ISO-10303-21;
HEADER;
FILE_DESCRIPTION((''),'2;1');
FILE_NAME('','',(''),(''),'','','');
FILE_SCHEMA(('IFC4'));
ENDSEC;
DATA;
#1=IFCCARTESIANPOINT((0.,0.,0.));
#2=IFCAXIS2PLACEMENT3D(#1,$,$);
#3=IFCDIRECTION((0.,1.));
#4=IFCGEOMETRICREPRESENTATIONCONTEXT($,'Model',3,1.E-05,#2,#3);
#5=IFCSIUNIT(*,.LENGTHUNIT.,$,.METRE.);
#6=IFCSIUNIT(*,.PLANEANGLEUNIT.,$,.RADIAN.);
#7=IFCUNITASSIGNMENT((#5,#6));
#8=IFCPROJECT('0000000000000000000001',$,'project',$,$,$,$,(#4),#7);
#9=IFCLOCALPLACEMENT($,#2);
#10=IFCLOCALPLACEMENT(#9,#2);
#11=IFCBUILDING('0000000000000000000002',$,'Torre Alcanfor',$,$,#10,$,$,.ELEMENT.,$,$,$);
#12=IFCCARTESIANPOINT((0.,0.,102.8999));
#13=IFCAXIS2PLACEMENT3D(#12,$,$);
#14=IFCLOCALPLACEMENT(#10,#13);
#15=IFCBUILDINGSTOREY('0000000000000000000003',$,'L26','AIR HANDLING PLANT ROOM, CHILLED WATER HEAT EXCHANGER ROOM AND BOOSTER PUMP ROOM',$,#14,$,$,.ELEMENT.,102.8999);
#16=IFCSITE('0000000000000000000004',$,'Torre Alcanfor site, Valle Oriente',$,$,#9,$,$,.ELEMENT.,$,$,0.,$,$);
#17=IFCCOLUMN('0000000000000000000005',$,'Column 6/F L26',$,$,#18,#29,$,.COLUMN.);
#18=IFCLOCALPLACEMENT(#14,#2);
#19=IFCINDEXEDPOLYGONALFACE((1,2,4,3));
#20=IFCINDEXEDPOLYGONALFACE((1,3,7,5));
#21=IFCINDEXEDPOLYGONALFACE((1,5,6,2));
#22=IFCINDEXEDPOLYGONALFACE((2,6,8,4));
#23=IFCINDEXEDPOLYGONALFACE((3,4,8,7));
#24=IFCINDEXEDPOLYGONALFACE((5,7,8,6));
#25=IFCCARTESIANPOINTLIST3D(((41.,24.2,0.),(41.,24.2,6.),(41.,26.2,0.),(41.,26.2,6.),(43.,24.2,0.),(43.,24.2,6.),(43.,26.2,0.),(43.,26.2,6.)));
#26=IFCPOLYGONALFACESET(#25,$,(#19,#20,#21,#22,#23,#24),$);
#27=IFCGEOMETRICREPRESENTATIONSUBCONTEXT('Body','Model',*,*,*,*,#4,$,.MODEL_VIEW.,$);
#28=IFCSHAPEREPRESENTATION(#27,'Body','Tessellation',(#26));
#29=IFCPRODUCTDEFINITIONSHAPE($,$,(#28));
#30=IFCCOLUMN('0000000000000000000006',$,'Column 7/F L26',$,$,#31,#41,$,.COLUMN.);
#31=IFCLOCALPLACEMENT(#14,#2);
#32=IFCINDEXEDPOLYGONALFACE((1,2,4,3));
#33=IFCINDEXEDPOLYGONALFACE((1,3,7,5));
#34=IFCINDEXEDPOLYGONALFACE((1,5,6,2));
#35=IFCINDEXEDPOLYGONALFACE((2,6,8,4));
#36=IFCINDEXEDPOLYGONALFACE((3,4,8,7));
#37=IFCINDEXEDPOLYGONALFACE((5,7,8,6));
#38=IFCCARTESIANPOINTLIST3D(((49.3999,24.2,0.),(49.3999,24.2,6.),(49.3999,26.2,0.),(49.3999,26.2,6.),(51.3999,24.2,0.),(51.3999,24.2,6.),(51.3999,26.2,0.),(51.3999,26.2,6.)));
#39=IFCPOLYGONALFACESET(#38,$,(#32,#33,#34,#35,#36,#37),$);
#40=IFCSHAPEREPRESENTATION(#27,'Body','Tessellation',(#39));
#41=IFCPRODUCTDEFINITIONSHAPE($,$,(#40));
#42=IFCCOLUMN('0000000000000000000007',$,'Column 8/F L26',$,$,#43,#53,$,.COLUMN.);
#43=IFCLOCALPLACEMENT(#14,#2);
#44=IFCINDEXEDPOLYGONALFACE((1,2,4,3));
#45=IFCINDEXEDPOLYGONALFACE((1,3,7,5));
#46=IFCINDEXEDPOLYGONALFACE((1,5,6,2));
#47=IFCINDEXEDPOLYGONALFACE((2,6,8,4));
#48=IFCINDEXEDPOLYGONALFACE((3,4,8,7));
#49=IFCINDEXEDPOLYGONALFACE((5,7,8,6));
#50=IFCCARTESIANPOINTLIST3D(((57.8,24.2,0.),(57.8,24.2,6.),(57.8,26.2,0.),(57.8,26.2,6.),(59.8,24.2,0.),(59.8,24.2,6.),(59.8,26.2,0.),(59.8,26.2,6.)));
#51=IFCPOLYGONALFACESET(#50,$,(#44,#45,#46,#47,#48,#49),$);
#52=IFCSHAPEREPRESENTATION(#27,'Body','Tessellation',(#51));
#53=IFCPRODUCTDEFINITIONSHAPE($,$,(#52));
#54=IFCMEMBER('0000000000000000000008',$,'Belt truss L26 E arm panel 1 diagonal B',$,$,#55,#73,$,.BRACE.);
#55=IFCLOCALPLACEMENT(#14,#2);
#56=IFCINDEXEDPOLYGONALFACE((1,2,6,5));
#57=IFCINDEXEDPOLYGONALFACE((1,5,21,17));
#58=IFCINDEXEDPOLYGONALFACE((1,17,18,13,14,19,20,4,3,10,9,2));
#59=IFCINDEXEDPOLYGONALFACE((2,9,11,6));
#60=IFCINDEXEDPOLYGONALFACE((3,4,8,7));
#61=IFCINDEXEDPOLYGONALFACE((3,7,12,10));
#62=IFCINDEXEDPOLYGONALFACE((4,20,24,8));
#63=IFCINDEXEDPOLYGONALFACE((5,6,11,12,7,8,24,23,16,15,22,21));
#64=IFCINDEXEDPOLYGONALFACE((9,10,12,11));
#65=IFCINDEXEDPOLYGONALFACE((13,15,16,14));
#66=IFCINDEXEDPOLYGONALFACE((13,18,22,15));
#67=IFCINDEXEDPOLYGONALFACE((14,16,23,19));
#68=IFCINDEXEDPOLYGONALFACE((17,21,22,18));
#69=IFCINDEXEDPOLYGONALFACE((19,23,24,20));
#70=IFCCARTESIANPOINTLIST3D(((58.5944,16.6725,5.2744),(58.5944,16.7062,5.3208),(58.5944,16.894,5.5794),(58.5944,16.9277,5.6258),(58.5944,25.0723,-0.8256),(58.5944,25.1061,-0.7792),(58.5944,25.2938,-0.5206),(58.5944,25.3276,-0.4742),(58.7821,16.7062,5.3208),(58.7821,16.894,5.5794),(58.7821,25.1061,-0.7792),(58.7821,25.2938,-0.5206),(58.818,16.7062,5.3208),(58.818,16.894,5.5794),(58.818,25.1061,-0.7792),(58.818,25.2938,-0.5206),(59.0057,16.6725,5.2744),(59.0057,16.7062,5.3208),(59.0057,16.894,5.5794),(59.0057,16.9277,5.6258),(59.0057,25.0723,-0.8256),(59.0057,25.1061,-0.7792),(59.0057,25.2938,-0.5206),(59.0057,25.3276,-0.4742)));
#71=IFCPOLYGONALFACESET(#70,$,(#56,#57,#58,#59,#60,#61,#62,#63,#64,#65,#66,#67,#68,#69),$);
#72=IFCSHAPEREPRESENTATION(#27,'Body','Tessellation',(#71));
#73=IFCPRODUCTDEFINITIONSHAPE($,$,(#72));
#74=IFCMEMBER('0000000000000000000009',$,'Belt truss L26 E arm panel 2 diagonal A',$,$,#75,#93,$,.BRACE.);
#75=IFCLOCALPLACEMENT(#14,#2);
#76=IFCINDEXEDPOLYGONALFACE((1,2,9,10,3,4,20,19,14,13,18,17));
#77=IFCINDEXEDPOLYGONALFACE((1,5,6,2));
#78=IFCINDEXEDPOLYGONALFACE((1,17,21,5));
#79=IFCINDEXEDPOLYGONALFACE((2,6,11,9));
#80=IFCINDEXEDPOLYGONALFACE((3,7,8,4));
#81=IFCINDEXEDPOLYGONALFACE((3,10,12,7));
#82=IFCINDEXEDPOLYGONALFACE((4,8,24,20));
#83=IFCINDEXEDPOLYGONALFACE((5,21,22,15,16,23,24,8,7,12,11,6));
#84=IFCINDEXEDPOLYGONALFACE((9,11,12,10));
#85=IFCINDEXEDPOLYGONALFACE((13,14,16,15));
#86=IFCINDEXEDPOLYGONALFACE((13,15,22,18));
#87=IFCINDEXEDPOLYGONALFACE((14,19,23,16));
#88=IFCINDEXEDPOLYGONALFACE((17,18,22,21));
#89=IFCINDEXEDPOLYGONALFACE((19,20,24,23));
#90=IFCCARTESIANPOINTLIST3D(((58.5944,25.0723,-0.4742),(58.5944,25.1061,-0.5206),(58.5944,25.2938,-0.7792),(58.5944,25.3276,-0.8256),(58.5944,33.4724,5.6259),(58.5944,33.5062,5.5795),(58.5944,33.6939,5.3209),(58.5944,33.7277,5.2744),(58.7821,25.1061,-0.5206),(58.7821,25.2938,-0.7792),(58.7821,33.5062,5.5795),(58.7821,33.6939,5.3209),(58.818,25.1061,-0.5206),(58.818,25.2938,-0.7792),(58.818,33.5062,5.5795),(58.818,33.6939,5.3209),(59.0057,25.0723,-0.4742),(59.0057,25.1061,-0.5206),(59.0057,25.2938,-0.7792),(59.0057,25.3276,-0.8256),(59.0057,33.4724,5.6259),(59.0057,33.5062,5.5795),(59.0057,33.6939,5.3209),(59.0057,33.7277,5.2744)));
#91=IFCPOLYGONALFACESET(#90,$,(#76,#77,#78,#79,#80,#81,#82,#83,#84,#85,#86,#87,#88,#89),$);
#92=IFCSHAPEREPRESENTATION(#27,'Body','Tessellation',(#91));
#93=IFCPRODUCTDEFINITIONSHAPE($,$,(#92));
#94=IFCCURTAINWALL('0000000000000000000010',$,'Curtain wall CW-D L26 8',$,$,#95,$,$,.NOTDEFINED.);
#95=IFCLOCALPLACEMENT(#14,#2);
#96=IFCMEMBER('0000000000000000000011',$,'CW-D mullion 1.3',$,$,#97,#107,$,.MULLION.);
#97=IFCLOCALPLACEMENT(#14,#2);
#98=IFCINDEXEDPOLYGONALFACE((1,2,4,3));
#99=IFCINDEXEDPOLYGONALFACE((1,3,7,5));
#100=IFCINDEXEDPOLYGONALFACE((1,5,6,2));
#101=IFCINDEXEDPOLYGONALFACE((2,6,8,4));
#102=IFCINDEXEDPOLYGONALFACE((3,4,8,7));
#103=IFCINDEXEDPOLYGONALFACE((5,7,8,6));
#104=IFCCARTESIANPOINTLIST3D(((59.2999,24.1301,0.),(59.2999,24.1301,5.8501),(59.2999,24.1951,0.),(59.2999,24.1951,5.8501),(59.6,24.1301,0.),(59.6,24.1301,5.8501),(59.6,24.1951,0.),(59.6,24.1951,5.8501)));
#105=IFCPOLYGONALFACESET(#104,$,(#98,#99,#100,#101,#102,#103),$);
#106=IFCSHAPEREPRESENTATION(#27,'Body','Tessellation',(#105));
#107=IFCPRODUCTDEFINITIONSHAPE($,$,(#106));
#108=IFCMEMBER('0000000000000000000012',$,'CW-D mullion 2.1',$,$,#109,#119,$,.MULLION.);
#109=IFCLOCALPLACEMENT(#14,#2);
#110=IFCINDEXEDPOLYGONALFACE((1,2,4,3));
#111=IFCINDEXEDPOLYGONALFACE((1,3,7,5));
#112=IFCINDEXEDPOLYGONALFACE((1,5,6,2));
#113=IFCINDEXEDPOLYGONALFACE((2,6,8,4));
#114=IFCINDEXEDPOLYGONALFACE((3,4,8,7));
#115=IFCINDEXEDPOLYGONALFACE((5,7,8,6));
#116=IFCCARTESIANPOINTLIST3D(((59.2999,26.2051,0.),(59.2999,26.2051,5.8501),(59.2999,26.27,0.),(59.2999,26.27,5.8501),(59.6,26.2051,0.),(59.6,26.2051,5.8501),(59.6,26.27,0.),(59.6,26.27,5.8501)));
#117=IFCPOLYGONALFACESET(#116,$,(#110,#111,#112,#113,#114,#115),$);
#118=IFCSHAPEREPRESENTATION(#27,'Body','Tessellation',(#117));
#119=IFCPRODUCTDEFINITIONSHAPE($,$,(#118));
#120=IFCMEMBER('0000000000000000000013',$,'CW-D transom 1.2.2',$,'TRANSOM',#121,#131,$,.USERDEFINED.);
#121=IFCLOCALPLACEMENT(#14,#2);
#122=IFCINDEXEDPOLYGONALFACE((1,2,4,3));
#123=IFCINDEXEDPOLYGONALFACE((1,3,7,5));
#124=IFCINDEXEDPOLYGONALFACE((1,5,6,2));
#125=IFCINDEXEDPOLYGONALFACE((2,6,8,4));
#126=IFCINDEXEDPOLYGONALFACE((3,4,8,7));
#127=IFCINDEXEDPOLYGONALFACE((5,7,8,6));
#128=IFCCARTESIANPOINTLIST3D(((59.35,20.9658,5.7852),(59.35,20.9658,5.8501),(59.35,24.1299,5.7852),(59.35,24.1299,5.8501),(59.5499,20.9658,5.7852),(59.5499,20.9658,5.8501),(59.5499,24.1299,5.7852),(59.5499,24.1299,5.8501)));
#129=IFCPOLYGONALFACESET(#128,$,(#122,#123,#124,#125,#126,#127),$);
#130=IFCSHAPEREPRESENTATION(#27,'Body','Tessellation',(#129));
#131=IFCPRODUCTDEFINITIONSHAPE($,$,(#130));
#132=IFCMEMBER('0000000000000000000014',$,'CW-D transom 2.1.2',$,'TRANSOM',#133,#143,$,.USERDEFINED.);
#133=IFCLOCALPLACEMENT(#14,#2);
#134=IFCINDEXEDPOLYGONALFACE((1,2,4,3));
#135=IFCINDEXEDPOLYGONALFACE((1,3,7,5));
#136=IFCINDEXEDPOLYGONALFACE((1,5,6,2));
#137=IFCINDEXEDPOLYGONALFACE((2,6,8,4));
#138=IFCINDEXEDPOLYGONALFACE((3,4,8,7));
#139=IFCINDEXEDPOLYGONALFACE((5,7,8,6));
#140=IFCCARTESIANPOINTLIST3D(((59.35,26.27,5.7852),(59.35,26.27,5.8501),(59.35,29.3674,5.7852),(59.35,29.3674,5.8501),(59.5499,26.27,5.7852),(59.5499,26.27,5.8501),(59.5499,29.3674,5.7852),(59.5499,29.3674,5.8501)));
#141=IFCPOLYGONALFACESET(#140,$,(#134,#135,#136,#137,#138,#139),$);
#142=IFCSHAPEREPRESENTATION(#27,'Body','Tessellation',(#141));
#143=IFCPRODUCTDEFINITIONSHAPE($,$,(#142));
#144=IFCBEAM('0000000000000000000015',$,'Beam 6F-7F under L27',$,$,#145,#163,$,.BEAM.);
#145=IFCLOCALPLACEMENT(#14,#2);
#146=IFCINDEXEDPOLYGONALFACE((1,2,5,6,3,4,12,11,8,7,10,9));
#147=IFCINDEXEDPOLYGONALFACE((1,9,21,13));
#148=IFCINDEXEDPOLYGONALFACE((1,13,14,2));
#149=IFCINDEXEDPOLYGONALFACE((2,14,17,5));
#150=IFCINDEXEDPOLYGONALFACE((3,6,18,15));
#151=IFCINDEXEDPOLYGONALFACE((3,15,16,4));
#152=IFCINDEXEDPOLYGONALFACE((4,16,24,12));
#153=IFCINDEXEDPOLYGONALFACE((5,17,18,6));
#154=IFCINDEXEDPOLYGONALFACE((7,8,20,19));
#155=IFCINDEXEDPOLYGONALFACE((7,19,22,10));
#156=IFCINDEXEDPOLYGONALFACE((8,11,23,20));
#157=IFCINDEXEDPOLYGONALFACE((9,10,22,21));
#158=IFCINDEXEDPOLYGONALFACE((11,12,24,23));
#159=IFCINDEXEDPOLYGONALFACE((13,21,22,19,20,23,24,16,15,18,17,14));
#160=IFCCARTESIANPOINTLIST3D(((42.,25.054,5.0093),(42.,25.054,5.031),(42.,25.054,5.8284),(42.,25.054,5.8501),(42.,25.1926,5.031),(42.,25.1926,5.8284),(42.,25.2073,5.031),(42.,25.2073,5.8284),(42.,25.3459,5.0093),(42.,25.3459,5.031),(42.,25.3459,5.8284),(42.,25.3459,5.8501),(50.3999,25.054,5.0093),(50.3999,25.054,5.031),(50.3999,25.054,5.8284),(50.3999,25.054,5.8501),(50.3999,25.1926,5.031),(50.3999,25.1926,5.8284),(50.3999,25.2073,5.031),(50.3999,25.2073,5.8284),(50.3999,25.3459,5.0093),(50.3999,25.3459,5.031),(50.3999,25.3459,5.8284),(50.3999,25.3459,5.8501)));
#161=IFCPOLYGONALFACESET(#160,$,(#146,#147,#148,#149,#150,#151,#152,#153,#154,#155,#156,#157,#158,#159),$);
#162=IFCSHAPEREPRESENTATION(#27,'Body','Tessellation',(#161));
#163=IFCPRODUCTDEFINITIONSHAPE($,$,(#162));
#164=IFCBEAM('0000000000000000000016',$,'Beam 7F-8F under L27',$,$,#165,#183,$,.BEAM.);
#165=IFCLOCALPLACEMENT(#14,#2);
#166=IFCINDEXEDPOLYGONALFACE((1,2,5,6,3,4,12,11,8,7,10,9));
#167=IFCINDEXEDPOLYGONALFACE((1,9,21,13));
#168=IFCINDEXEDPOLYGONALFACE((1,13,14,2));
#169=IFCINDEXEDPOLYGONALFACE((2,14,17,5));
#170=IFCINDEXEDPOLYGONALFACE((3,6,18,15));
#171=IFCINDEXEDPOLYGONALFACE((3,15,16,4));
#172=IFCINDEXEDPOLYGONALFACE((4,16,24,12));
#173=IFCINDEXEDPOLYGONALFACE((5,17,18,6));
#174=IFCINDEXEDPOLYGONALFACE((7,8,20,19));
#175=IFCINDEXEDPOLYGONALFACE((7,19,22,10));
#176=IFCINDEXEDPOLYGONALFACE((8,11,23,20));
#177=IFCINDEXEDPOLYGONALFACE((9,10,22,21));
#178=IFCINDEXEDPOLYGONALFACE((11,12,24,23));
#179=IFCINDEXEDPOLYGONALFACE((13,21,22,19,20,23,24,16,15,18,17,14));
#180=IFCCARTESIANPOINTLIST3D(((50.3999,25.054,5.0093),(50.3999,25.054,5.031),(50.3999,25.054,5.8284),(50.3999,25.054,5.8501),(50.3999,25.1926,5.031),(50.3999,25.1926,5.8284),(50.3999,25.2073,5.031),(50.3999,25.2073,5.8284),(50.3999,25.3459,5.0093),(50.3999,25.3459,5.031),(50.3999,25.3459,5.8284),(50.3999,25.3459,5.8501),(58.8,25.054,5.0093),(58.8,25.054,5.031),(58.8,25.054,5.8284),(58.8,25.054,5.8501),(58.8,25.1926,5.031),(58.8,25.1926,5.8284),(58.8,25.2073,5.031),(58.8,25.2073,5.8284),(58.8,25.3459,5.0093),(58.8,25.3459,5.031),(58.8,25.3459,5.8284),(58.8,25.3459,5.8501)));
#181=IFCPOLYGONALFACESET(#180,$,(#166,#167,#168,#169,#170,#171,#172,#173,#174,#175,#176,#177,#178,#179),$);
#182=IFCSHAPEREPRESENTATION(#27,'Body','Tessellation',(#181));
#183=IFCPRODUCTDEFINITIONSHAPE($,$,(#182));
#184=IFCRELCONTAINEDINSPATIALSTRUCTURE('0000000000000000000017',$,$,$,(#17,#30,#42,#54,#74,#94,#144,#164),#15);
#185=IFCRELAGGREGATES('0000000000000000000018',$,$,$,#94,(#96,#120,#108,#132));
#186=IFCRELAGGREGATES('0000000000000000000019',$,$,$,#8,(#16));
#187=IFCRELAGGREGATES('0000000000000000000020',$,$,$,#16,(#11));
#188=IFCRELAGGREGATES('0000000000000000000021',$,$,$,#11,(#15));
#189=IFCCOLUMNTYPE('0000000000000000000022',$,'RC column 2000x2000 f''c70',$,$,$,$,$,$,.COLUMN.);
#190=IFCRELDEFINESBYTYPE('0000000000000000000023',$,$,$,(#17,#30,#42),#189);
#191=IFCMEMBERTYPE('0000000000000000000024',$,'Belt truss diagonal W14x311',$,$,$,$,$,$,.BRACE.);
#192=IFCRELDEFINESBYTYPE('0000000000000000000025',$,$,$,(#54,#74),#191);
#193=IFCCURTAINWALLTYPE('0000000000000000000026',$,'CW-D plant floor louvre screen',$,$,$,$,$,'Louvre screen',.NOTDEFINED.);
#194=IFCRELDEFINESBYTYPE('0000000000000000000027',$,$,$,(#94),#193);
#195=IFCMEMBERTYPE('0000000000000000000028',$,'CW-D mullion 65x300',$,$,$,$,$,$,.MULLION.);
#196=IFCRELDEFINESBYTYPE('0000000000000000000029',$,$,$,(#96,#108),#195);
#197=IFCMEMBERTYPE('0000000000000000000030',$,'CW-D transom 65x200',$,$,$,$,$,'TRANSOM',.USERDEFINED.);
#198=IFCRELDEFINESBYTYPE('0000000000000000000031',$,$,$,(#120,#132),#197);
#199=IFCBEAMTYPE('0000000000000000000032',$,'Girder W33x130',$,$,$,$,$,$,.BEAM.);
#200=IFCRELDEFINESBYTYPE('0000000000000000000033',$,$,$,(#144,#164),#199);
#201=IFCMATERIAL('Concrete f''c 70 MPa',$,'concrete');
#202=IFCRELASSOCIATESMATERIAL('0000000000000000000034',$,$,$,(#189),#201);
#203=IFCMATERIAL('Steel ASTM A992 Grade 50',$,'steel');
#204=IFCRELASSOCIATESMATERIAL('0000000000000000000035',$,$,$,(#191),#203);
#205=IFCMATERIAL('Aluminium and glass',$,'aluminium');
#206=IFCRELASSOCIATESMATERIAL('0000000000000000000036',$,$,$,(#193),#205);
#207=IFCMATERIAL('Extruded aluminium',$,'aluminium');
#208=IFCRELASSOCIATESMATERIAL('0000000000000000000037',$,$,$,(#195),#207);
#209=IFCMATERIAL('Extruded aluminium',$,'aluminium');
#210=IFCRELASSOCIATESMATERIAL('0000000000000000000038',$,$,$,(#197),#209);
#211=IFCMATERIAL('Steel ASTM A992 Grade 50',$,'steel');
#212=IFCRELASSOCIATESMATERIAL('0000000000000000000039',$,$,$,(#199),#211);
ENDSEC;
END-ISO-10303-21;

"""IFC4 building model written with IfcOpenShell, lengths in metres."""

from ifc_helpers import new_model, si_unit, direction, frame, origin, origin_2d, place, context, subcontext, project, spatial, rectangle, i_section, extrude, material, material_profile, profile_set, type_object, element, aggregate, save


model = new_model("IFC4")

# Units and contexts
model_context = context("Model", 3, precision=1e-05, world=origin(), true_north=direction((0.0, 1.0)))
body_context = subcontext(model_context, "Body", "Model", "MODEL_VIEW")
ifc_project = project(units=[si_unit("LENGTHUNIT", "METRE"), si_unit("PLANEANGLEUNIT", "RADIAN")], contexts=[model_context])

# Site, building, storey
site_placement = place(None, origin())
site = spatial("IfcSite", under=ifc_project, at=site_placement, Name="Torre Alcanfor site, Valle Oriente", CompositionType="ELEMENT", RefElevation=0.0)
building_placement = place(site_placement, origin())
building = spatial("IfcBuilding", under=site, at=building_placement, Name="Torre Alcanfor", CompositionType="ELEMENT")
storey_placement = place(building_placement, frame((0.0, 0.0, 102.8999)))
storey = spatial("IfcBuildingStorey", under=building, at=storey_placement, Name="L26", Description="AIR HANDLING PLANT ROOM, CHILLED WATER HEAT EXCHANGER ROOM AND BOOSTER PUMP ROOM", CompositionType="ELEMENT", Elevation=102.8999)

# Columns
ifc_material_1 = material(Name="Concrete f'c 70 MPa", Category="concrete")
ifc_material_profile_1 = material_profile(ifc_material_1, rectangle(XDim=2.0, YDim=2.0, at=origin_2d()), Name="2000x2000")
ifc_profile_set_1 = profile_set([ifc_material_profile_1], Name="Concrete f'c 70 MPa")
column_type = type_object("IfcColumnType", Name="RC column 2000x2000 f'c70", PredefinedType="COLUMN", material=ifc_profile_set_1)
for number, where, z_axis, x_axis, name in (
    (1, (42.0, 25.2, 0.0), (0.0, 0.0, 1.0), (1.0, 0.0, 0.0), "Column 6/F L26"),
    (2, (50.3999, 25.2, 0.0), (0.0, 0.0, 1.0), (1.0, 0.0, 0.0), "Column 7/F L26"),
    (3, (58.8, 25.2, 0.0), (0.0, 0.0, 1.0), (1.0, 0.0, 0.0), "Column 8/F L26"),
):
    element("IfcColumn", number, at=place(storey_placement, frame(where, z_axis=z_axis, x_axis=x_axis)), inside=storey, type_object=column_type, Name=name, PredefinedType="COLUMN", context=body_context, shape_type="SweptSolid", body=[
        extrude(rectangle(XDim=2.0, YDim=2.0, at=origin_2d()), origin(), (0.0, 0.0, 1.0), 6.0),
    ])

# Members
ifc_material_2 = material(Name="Steel ASTM A992 Grade 50", Category="steel")
ifc_material_profile_2 = material_profile(ifc_material_2, i_section(OverallWidth=0.4114, OverallDepth=0.4343, WebThickness=0.0359, FlangeThickness=0.0574, at=origin_2d()), Name="W14x311")
ifc_profile_set_2 = profile_set([ifc_material_profile_2], Name="Steel ASTM A992 Grade 50")
member_type_1 = type_object("IfcMemberType", Name="Belt truss diagonal W14x311", PredefinedType="BRACE", material=ifc_profile_set_2)
member_1_placement = place(storey_placement, frame((58.8, 25.2, -0.6499), z_axis=(0.0, -0.809145, 0.587609), x_axis=(1.0, 0.0, 0.0)))
element("IfcMember", 4, at=member_1_placement, inside=storey, type_object=member_type_1, Name="Belt truss L26 E arm panel 1 diagonal B", PredefinedType="BRACE", context=body_context, shape_type="SweptSolid", body=[
    extrude(i_section(OverallWidth=0.4114, OverallDepth=0.4343, WebThickness=0.0359, FlangeThickness=0.0574, at=origin_2d()), origin(), (0.0, 0.0, 1.0), 10.3811),
])
member_2_placement = place(storey_placement, frame((58.8, 25.2, -0.6499), z_axis=(0.0, 0.809153, 0.587598), x_axis=(-1.0, 0.0, 0.0)))
element("IfcMember", 5, at=member_2_placement, inside=storey, type_object=member_type_1, Name="Belt truss L26 E arm panel 2 diagonal A", PredefinedType="BRACE", context=body_context, shape_type="SweptSolid", body=[
    extrude(i_section(OverallWidth=0.4114, OverallDepth=0.4343, WebThickness=0.0359, FlangeThickness=0.0574, at=origin_2d()), origin(), (0.0, 0.0, 1.0), 10.3813),
])

# Curtain wall, members
ifc_material_3 = material(Name="Aluminium and glass", Category="aluminium")
curtain_wall_type = type_object("IfcCurtainWallType", Name="CW-D plant floor louvre screen", ElementType="Louvre screen", PredefinedType="NOTDEFINED", material=ifc_material_3)
curtain_wall_placement = place(storey_placement, origin())
curtain_wall = element("IfcCurtainWall", 6, at=curtain_wall_placement, inside=storey, type_object=curtain_wall_type, Name="Curtain wall CW-D L26 8", PredefinedType="NOTDEFINED")
ifc_material_4 = material(Name="Extruded aluminium", Category="aluminium")
ifc_material_profile_3 = material_profile(ifc_material_4, rectangle(XDim=0.3, YDim=0.0649, at=origin_2d()), Name="CW-D mullion 65x300")
ifc_profile_set_3 = profile_set([ifc_material_profile_3], Name="Extruded aluminium")
member_type_2 = type_object("IfcMemberType", Name="CW-D mullion 65x300", PredefinedType="MULLION", material=ifc_profile_set_3)
member_3_placement = place(storey_placement, frame((59.45, 24.1626, 0.0), z_axis=(0.0, 0.0, 1.0), x_axis=(-1.0, 0.0, 0.0)))
member_3 = element("IfcMember", 7, at=member_3_placement, type_object=member_type_2, Name="CW-D mullion 1.3", PredefinedType="MULLION", context=body_context, shape_type="SweptSolid", body=[
    extrude(rectangle(XDim=0.3, YDim=0.0649, at=origin_2d()), origin(), (0.0, 0.0, 1.0), 5.8501),
])
member_4_placement = place(storey_placement, frame((59.45, 26.2375, 0.0), z_axis=(0.0, 0.0, 1.0), x_axis=(-1.0, 0.0, 0.0)))
member_4 = element("IfcMember", 8, at=member_4_placement, type_object=member_type_2, Name="CW-D mullion 2.1", PredefinedType="MULLION", context=body_context, shape_type="SweptSolid", body=[
    extrude(rectangle(XDim=0.3, YDim=0.0649, at=origin_2d()), origin(), (0.0, 0.0, 1.0), 5.8501),
])
ifc_material_5 = material(Name="Extruded aluminium", Category="aluminium")
ifc_material_profile_4 = material_profile(ifc_material_5, rectangle(XDim=0.2, YDim=0.0649, at=origin_2d()), Name="CW-D transom 200x65")
ifc_profile_set_4 = profile_set([ifc_material_profile_4], Name="Extruded aluminium")
member_type_3 = type_object("IfcMemberType", Name="CW-D transom 65x200", ElementType="TRANSOM", PredefinedType="USERDEFINED", material=ifc_profile_set_4)
member_5_placement = place(storey_placement, frame((59.45, 20.9658, 5.8176), z_axis=(0.0, 1.0, 0.0), x_axis=(-1.0, 0.0, 0.0)))
member_5 = element("IfcMember", 9, at=member_5_placement, type_object=member_type_3, Name="CW-D transom 1.2.2", ObjectType="TRANSOM", PredefinedType="USERDEFINED", context=body_context, shape_type="SweptSolid", body=[
    extrude(rectangle(XDim=0.2, YDim=0.0649, at=origin_2d()), origin(), (0.0, 0.0, 1.0), 3.1641),
])
member_6_placement = place(storey_placement, frame((59.45, 26.27, 5.8176), z_axis=(0.0, 1.0, 0.0), x_axis=(-1.0, 0.0, 0.0)))
member_6 = element("IfcMember", 10, at=member_6_placement, type_object=member_type_3, Name="CW-D transom 2.1.2", ObjectType="TRANSOM", PredefinedType="USERDEFINED", context=body_context, shape_type="SweptSolid", body=[
    extrude(rectangle(XDim=0.2, YDim=0.0649, at=origin_2d()), origin(), (0.0, 0.0, 1.0), 3.0974),
])

# Beams
ifc_material_6 = material(Name="Steel ASTM A992 Grade 50", Category="steel")
ifc_material_profile_5 = material_profile(ifc_material_6, i_section(OverallWidth=0.292, OverallDepth=0.8408, WebThickness=0.0146, FlangeThickness=0.0217, at=origin_2d()), Name="W33x130")
ifc_profile_set_5 = profile_set([ifc_material_profile_5], Name="Steel ASTM A992 Grade 50")
beam_type_1 = type_object("IfcBeamType", Name="Girder W33x130", PredefinedType="BEAM", material=ifc_profile_set_5)
beam_1_placement = place(storey_placement, frame((42.0, 25.2, 5.4297), z_axis=(1.0, 0.0, 0.0), x_axis=(0.0, 1.0, 0.0)))
element("IfcBeam", 11, at=beam_1_placement, inside=storey, type_object=beam_type_1, Name="Beam 6F-7F under L27", PredefinedType="BEAM", context=body_context, shape_type="SweptSolid", body=[
    extrude(i_section(OverallWidth=0.292, OverallDepth=0.8408, WebThickness=0.0146, FlangeThickness=0.0217, at=origin_2d()), origin(), (0.0, 0.0, 1.0), 8.3999),
])
for number, where, z_axis, x_axis, name in (
    (12, (50.3999, 25.2, 5.4297), (1.0, 0.0, 0.0), (0.0, 1.0, 0.0), "Beam 7F-8F under L27"),
):
    element("IfcBeam", number, at=place(storey_placement, frame(where, z_axis=z_axis, x_axis=x_axis)), inside=storey, type_object=beam_type_1, Name=name, PredefinedType="BEAM", context=body_context, shape_type="SweptSolid", body=[
        extrude(i_section(OverallWidth=0.292, OverallDepth=0.8408, WebThickness=0.0146, FlangeThickness=0.0217, at=origin_2d()), origin(), (0.0, 0.0, 1.0), 8.4001),
    ])

aggregate(curtain_wall, [member_3, member_5, member_4, member_6])

save(model, "model.ifc")
